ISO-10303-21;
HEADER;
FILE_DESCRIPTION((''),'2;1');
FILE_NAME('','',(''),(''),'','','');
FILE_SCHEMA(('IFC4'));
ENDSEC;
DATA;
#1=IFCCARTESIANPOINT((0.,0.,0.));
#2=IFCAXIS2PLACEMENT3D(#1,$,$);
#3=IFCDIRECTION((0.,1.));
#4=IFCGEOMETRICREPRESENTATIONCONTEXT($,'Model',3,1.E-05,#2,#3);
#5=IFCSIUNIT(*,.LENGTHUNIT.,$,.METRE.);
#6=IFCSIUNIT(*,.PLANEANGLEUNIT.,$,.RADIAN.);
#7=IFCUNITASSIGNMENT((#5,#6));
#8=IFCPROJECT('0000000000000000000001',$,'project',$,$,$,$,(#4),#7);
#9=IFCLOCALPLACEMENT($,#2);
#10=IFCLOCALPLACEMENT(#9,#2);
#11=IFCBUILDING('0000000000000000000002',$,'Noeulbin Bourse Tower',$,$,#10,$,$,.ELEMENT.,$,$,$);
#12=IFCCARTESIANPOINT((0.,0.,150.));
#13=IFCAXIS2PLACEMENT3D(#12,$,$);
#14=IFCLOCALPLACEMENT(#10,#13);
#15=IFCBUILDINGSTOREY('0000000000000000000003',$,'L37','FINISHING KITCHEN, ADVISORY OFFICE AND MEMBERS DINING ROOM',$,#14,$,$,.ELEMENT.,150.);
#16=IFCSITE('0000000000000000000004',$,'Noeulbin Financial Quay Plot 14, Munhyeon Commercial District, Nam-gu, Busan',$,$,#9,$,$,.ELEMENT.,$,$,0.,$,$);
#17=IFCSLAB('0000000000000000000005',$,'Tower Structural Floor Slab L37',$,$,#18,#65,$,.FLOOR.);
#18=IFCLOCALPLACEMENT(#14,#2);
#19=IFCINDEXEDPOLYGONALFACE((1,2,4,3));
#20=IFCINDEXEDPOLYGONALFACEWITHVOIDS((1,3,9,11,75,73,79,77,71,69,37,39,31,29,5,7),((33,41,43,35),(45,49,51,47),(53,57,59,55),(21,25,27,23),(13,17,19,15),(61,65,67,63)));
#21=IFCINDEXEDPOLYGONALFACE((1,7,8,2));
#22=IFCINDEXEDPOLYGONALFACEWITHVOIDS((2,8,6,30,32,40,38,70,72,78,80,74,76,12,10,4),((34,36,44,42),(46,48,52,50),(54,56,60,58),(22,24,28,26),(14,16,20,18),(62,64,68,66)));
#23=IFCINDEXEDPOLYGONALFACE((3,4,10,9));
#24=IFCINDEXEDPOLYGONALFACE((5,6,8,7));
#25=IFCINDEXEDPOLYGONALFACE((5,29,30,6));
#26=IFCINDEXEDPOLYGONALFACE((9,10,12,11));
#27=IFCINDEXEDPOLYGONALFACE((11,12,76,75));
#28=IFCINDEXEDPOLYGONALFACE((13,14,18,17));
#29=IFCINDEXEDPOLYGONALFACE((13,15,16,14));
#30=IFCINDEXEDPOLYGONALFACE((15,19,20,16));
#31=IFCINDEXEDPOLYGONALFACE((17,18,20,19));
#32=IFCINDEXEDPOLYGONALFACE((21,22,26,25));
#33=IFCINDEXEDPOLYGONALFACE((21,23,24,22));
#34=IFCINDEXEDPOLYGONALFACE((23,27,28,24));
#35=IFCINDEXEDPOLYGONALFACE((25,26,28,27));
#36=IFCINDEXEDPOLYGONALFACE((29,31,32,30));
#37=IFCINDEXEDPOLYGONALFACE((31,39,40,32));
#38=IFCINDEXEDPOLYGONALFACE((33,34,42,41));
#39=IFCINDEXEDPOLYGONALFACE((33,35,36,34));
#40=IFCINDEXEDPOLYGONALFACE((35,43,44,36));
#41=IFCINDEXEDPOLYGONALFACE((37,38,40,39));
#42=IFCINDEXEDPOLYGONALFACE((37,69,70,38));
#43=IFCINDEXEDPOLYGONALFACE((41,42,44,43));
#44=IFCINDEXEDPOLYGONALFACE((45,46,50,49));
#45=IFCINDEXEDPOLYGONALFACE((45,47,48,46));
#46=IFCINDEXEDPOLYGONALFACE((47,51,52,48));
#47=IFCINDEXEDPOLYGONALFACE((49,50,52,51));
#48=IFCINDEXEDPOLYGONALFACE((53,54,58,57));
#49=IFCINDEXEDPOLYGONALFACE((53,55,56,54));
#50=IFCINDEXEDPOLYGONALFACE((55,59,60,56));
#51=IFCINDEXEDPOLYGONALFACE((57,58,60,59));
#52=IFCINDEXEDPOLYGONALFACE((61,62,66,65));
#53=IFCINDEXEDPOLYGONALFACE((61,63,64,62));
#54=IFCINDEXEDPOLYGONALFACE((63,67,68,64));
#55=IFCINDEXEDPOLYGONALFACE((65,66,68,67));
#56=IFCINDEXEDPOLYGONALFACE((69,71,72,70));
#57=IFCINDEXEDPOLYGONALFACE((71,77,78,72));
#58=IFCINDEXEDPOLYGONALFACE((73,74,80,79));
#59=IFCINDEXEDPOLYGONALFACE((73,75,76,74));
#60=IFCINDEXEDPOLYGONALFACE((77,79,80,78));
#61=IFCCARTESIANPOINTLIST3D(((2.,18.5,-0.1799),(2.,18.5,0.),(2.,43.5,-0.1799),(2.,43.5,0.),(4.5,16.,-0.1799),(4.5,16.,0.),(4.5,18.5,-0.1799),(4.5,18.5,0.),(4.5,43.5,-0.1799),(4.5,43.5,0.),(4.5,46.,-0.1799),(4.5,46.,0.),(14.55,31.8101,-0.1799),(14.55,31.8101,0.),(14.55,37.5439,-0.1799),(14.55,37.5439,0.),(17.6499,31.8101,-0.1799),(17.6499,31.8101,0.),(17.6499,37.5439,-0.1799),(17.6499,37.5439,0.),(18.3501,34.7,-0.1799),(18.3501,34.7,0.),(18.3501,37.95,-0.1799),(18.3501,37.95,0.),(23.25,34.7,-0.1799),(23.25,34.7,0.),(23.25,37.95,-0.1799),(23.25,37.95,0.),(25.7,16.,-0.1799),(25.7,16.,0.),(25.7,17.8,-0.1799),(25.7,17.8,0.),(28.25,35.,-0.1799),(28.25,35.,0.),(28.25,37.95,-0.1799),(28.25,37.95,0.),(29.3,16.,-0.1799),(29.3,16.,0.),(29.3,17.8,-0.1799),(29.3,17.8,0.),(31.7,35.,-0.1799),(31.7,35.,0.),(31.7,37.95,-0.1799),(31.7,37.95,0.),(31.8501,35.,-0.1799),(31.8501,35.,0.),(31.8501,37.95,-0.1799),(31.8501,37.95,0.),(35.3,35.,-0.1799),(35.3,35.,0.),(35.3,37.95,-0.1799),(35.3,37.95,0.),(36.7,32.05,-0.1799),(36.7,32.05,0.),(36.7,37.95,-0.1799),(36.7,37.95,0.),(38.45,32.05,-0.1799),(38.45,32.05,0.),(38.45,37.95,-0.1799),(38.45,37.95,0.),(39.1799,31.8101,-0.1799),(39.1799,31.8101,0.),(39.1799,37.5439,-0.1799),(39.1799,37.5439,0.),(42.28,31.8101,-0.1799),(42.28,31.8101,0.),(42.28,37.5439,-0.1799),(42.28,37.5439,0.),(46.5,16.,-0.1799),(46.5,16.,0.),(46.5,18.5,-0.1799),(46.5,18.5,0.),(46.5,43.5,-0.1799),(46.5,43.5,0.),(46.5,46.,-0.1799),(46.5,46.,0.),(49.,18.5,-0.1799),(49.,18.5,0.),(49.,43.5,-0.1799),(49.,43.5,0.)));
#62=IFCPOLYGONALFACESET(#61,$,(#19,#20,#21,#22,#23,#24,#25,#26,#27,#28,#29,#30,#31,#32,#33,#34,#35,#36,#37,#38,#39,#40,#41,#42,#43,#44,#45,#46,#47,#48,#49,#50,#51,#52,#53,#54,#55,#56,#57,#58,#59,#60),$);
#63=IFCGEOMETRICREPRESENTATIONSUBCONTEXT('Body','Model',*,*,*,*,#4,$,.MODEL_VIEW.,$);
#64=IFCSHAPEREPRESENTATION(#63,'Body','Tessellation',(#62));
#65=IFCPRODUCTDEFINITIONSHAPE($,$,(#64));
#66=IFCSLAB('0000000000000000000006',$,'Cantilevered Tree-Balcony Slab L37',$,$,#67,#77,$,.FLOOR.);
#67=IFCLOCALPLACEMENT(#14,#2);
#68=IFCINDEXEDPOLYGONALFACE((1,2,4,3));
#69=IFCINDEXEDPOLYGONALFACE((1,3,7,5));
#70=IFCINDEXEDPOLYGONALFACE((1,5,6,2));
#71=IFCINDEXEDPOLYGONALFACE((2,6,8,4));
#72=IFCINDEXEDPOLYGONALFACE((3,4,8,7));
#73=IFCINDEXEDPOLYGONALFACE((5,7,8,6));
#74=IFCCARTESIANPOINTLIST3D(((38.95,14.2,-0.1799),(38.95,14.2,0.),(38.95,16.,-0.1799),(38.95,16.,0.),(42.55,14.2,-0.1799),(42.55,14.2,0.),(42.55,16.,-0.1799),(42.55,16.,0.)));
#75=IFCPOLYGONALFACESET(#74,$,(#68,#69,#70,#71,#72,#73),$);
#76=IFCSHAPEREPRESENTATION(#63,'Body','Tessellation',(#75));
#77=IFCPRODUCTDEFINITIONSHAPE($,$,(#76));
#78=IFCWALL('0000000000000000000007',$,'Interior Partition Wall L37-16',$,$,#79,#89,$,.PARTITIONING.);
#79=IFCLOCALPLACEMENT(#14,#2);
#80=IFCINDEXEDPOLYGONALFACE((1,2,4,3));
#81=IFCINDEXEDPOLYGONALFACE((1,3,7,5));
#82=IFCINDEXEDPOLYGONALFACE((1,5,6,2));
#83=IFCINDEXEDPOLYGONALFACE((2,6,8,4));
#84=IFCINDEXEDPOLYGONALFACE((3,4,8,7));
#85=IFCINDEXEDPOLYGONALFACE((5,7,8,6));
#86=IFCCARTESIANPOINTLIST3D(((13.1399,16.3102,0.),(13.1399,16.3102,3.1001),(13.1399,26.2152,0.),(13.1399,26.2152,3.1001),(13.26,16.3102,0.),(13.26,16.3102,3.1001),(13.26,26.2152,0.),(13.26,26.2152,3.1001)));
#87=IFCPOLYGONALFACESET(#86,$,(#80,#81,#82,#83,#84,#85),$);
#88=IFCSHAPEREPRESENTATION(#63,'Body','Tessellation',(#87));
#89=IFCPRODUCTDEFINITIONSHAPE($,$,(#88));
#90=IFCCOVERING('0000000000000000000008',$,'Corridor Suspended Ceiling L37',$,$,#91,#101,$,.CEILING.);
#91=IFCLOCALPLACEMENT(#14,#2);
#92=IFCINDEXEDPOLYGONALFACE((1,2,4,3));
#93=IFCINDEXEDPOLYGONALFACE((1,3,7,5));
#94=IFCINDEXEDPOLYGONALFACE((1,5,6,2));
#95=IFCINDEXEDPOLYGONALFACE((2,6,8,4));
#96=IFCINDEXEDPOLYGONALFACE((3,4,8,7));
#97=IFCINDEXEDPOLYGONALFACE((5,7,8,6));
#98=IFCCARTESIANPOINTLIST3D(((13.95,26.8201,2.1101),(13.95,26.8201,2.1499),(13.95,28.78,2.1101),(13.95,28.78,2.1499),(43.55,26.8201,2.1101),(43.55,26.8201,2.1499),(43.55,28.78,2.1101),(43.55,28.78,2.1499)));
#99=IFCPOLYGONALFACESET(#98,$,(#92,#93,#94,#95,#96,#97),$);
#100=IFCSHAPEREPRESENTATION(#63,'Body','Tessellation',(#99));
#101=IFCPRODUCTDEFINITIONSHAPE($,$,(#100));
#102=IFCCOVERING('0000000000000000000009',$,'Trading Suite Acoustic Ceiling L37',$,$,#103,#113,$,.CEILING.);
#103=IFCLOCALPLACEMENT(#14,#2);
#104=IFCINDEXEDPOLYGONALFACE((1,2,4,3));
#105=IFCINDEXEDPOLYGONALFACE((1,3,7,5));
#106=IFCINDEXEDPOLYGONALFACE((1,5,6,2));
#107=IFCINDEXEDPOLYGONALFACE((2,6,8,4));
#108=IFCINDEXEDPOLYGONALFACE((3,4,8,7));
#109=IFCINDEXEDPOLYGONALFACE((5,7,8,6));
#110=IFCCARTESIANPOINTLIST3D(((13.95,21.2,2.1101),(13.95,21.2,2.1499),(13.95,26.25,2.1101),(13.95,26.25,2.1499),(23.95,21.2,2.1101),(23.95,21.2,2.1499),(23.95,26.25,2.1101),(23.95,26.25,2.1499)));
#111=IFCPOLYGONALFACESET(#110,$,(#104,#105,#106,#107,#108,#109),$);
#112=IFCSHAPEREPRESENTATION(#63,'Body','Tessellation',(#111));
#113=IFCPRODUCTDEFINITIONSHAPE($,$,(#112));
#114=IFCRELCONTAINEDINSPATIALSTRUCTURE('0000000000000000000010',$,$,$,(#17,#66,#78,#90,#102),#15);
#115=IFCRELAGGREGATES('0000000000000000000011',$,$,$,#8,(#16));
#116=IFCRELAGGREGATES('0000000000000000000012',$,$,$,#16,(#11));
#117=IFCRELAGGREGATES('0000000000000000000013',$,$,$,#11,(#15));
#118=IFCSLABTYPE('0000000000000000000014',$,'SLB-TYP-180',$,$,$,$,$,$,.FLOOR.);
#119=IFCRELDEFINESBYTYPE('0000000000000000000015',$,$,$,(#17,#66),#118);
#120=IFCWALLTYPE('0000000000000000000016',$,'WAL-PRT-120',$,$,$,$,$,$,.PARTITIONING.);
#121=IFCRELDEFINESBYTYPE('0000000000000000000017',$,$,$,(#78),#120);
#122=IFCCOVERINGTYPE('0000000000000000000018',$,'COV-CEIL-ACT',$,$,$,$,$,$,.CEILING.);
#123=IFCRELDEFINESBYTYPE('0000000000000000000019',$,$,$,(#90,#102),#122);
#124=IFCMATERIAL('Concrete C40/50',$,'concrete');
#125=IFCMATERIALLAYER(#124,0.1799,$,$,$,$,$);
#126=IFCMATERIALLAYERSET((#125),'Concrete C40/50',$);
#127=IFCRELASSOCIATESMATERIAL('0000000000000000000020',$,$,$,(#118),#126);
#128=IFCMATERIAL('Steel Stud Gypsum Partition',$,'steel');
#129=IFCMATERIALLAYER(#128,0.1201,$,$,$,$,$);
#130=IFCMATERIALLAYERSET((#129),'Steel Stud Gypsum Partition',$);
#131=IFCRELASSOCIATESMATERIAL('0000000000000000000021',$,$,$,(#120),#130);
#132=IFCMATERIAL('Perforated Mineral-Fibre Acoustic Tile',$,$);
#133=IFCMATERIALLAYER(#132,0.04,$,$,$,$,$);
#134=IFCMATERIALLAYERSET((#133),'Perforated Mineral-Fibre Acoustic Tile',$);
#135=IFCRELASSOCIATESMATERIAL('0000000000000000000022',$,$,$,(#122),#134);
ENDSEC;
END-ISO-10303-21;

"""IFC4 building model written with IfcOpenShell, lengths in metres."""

from ifc_helpers import new_model, si_unit, direction, frame, frame_2d, origin, place, context, subcontext, project, spatial, polyline, rectangle, outline, extrude, material, layer, layer_set, type_object, element, save


model = new_model("IFC4")

# Units and contexts
model_context = context("Model", 3, precision=1e-05, world=origin(), true_north=direction((0.0, 1.0)))
body_context = subcontext(model_context, "Body", "Model", "MODEL_VIEW")
ifc_project = project(units=[si_unit("LENGTHUNIT", "METRE"), si_unit("PLANEANGLEUNIT", "RADIAN")], contexts=[model_context])

# Site, building, storey
site_placement = place(None, origin())
site = spatial("IfcSite", under=ifc_project, at=site_placement, Name="Noeulbin Financial Quay Plot 14, Munhyeon Commercial District, Nam-gu, Busan", CompositionType="ELEMENT", RefElevation=0.0)
building_placement = place(site_placement, origin())
building = spatial("IfcBuilding", under=site, at=building_placement, Name="Noeulbin Bourse Tower", CompositionType="ELEMENT")
storey_placement = place(building_placement, frame((0.0, 0.0, 150.0)))
storey = spatial("IfcBuildingStorey", under=building, at=storey_placement, Name="L37", Description="FINISHING KITCHEN, ADVISORY OFFICE AND MEMBERS DINING ROOM", CompositionType="ELEMENT", Elevation=150.0)

# Shared definitions
ifc_material_1 = material(Name="Concrete C40/50", Category="concrete")

# Slab, openings
ifc_layer_1 = layer(ifc_material_1, 0.1799)
ifc_layer_set_1 = layer_set([ifc_layer_1], Name="Concrete C40/50")
slab_type_1 = type_object("IfcSlabType", Name="SLB-TYP-180", PredefinedType="FLOOR", material=ifc_layer_set_1)
slab_1_placement = place(storey_placement, frame((0.0, 0.0, -0.1799)))
slab_1 = element("IfcSlab", 1, at=slab_1_placement, inside=storey, type_object=slab_type_1, Name="Tower Structural Floor Slab L37", PredefinedType="FLOOR", context=body_context, shape_type="SweptSolid", body=[
    extrude(outline(polyline([(4.5, 16.0), (25.7, 16.0), (25.7, 17.8), (29.3, 17.8), (29.3, 16.0), (46.5, 16.0), (46.5, 18.5), (49.0, 18.5), (49.0, 43.5), (46.5, 43.5), (46.5, 46.0), (4.5, 46.0), (4.5, 43.5), (2.0, 43.5), (2.0, 18.5), (4.5, 18.5), (4.5, 16.0)]), holes=[polyline([(17.6499, 31.8101), (17.6499, 37.5439), (14.55, 37.5439), (14.55, 31.8101), (17.6499, 31.8101)]), polyline([(42.28, 31.8101), (42.28, 37.5439), (39.1799, 37.5439), (39.1799, 31.8101), (42.28, 31.8101)]), polyline([(18.3501, 34.7), (23.25, 34.7), (23.25, 37.95), (18.3501, 37.95), (18.3501, 34.7)]), polyline([(36.7, 32.05), (38.45, 32.05), (38.45, 37.95), (36.7, 37.95), (36.7, 32.05)]), polyline([(28.25, 35.0), (31.7, 35.0), (31.7, 37.95), (28.25, 37.95), (28.25, 35.0)]), polyline([(31.8501, 35.0), (35.3, 35.0), (35.3, 37.95), (31.8501, 37.95), (31.8501, 35.0)])]), origin(), (0.0, 0.0, 1.0), 0.1799),
])
opening_1_placement = place(slab_1_placement, frame((0.0, 0.0, -0.01)))
element("IfcOpeningElement", 2, at=opening_1_placement, cuts=slab_1, PredefinedType="OPENING", context=body_context, shape_type="SweptSolid", body=[
    extrude(outline(polyline([(17.6499, 31.8101), (17.6499, 37.5439), (14.55, 37.5439), (14.55, 31.8101), (17.6499, 31.8101)])), origin(), (0.0, 0.0, 1.0), 0.2),
])
opening_2_placement = place(slab_1_placement, frame((0.0, 0.0, -0.01)))
element("IfcOpeningElement", 3, at=opening_2_placement, cuts=slab_1, PredefinedType="OPENING", context=body_context, shape_type="SweptSolid", body=[
    extrude(outline(polyline([(42.28, 31.8101), (42.28, 37.5439), (39.1799, 37.5439), (39.1799, 31.8101), (42.28, 31.8101)])), origin(), (0.0, 0.0, 1.0), 0.2),
])
opening_3_placement = place(slab_1_placement, frame((0.0, 0.0, -0.01)))
element("IfcOpeningElement", 4, at=opening_3_placement, cuts=slab_1, PredefinedType="OPENING", context=body_context, shape_type="SweptSolid", body=[
    extrude(outline(polyline([(18.3501, 34.7), (23.25, 34.7), (23.25, 37.95), (18.3501, 37.95), (18.3501, 34.7)])), origin(), (0.0, 0.0, 1.0), 0.2),
])
opening_4_placement = place(slab_1_placement, frame((0.0, 0.0, -0.01)))
element("IfcOpeningElement", 5, at=opening_4_placement, cuts=slab_1, PredefinedType="OPENING", context=body_context, shape_type="SweptSolid", body=[
    extrude(outline(polyline([(36.7, 32.05), (38.45, 32.05), (38.45, 37.95), (36.7, 37.95), (36.7, 32.05)])), origin(), (0.0, 0.0, 1.0), 0.2),
])
opening_5_placement = place(slab_1_placement, frame((0.0, 0.0, -0.01)))
element("IfcOpeningElement", 6, at=opening_5_placement, cuts=slab_1, PredefinedType="OPENING", context=body_context, shape_type="SweptSolid", body=[
    extrude(outline(polyline([(28.25, 35.0), (31.7, 35.0), (31.7, 37.95), (28.25, 37.95), (28.25, 35.0)])), origin(), (0.0, 0.0, 1.0), 0.2),
])
opening_6_placement = place(slab_1_placement, frame((0.0, 0.0, -0.01)))
element("IfcOpeningElement", 7, at=opening_6_placement, cuts=slab_1, PredefinedType="OPENING", context=body_context, shape_type="SweptSolid", body=[
    extrude(outline(polyline([(31.8501, 35.0), (35.3, 35.0), (35.3, 37.95), (31.8501, 37.95), (31.8501, 35.0)])), origin(), (0.0, 0.0, 1.0), 0.2),
])

# Slab
slab_2_placement = place(storey_placement, frame((0.0, 0.0, -0.1799)))
element("IfcSlab", 8, at=slab_2_placement, inside=storey, type_object=slab_type_1, Name="Cantilevered Tree-Balcony Slab L37", PredefinedType="FLOOR", context=body_context, shape_type="SweptSolid", body=[
    extrude(outline(polyline([(38.95, 14.2), (42.55, 14.2), (42.55, 16.0), (38.95, 16.0), (38.95, 14.2)])), origin(), (0.0, 0.0, 1.0), 0.1799),
])

# Wall
ifc_material_2 = material(Name="Steel Stud Gypsum Partition", Category="steel")
ifc_layer_2 = layer(ifc_material_2, 0.1201)
ifc_layer_set_2 = layer_set([ifc_layer_2], Name="Steel Stud Gypsum Partition")
wall_type = type_object("IfcWallType", Name="WAL-PRT-120", PredefinedType="PARTITIONING", material=ifc_layer_set_2)
wall_placement = place(storey_placement, frame((13.2, 16.3101, 0.0), z_axis=(0.0, 0.0, 1.0), x_axis=(0.0, 1.0, 0.0)))
element("IfcWall", 9, at=wall_placement, inside=storey, type_object=wall_type, Name="Interior Partition Wall L37-16", PredefinedType="PARTITIONING", context=body_context, shape_type="SweptSolid", body=[
    extrude(rectangle(XDim=9.905, YDim=0.1201, at=frame_2d((4.9526, 0.0))), origin(), (0.0, 0.0, 1.0), 3.1001),
])

# Coverings
ifc_material_3 = material(Name="Perforated Mineral-Fibre Acoustic Tile")
ifc_layer_3 = layer(ifc_material_3, 0.04)
ifc_layer_set_3 = layer_set([ifc_layer_3], Name="Perforated Mineral-Fibre Acoustic Tile")
covering_type = type_object("IfcCoveringType", Name="COV-CEIL-ACT", PredefinedType="CEILING", material=ifc_layer_set_3)
covering_1_placement = place(storey_placement, frame((0.0, 0.0, 2.1101)))
element("IfcCovering", 10, at=covering_1_placement, inside=storey, type_object=covering_type, Name="Corridor Suspended Ceiling L37", PredefinedType="CEILING", context=body_context, shape_type="SweptSolid", body=[
    extrude(outline(polyline([(13.95, 26.8201), (43.55, 26.8201), (43.55, 28.78), (13.95, 28.78), (13.95, 26.8201)])), origin(), (0.0, 0.0, 1.0), 0.0398),
])
covering_2_placement = place(storey_placement, frame((0.0, 0.0, 2.1101)))
element("IfcCovering", 11, at=covering_2_placement, inside=storey, type_object=covering_type, Name="Trading Suite Acoustic Ceiling L37", PredefinedType="CEILING", context=body_context, shape_type="SweptSolid", body=[
    extrude(outline(polyline([(13.95, 21.2), (23.95, 21.2), (23.95, 26.25), (13.95, 26.25), (13.95, 21.2)])), origin(), (0.0, 0.0, 1.0), 0.0398),
])

save(model, "model.ifc")
